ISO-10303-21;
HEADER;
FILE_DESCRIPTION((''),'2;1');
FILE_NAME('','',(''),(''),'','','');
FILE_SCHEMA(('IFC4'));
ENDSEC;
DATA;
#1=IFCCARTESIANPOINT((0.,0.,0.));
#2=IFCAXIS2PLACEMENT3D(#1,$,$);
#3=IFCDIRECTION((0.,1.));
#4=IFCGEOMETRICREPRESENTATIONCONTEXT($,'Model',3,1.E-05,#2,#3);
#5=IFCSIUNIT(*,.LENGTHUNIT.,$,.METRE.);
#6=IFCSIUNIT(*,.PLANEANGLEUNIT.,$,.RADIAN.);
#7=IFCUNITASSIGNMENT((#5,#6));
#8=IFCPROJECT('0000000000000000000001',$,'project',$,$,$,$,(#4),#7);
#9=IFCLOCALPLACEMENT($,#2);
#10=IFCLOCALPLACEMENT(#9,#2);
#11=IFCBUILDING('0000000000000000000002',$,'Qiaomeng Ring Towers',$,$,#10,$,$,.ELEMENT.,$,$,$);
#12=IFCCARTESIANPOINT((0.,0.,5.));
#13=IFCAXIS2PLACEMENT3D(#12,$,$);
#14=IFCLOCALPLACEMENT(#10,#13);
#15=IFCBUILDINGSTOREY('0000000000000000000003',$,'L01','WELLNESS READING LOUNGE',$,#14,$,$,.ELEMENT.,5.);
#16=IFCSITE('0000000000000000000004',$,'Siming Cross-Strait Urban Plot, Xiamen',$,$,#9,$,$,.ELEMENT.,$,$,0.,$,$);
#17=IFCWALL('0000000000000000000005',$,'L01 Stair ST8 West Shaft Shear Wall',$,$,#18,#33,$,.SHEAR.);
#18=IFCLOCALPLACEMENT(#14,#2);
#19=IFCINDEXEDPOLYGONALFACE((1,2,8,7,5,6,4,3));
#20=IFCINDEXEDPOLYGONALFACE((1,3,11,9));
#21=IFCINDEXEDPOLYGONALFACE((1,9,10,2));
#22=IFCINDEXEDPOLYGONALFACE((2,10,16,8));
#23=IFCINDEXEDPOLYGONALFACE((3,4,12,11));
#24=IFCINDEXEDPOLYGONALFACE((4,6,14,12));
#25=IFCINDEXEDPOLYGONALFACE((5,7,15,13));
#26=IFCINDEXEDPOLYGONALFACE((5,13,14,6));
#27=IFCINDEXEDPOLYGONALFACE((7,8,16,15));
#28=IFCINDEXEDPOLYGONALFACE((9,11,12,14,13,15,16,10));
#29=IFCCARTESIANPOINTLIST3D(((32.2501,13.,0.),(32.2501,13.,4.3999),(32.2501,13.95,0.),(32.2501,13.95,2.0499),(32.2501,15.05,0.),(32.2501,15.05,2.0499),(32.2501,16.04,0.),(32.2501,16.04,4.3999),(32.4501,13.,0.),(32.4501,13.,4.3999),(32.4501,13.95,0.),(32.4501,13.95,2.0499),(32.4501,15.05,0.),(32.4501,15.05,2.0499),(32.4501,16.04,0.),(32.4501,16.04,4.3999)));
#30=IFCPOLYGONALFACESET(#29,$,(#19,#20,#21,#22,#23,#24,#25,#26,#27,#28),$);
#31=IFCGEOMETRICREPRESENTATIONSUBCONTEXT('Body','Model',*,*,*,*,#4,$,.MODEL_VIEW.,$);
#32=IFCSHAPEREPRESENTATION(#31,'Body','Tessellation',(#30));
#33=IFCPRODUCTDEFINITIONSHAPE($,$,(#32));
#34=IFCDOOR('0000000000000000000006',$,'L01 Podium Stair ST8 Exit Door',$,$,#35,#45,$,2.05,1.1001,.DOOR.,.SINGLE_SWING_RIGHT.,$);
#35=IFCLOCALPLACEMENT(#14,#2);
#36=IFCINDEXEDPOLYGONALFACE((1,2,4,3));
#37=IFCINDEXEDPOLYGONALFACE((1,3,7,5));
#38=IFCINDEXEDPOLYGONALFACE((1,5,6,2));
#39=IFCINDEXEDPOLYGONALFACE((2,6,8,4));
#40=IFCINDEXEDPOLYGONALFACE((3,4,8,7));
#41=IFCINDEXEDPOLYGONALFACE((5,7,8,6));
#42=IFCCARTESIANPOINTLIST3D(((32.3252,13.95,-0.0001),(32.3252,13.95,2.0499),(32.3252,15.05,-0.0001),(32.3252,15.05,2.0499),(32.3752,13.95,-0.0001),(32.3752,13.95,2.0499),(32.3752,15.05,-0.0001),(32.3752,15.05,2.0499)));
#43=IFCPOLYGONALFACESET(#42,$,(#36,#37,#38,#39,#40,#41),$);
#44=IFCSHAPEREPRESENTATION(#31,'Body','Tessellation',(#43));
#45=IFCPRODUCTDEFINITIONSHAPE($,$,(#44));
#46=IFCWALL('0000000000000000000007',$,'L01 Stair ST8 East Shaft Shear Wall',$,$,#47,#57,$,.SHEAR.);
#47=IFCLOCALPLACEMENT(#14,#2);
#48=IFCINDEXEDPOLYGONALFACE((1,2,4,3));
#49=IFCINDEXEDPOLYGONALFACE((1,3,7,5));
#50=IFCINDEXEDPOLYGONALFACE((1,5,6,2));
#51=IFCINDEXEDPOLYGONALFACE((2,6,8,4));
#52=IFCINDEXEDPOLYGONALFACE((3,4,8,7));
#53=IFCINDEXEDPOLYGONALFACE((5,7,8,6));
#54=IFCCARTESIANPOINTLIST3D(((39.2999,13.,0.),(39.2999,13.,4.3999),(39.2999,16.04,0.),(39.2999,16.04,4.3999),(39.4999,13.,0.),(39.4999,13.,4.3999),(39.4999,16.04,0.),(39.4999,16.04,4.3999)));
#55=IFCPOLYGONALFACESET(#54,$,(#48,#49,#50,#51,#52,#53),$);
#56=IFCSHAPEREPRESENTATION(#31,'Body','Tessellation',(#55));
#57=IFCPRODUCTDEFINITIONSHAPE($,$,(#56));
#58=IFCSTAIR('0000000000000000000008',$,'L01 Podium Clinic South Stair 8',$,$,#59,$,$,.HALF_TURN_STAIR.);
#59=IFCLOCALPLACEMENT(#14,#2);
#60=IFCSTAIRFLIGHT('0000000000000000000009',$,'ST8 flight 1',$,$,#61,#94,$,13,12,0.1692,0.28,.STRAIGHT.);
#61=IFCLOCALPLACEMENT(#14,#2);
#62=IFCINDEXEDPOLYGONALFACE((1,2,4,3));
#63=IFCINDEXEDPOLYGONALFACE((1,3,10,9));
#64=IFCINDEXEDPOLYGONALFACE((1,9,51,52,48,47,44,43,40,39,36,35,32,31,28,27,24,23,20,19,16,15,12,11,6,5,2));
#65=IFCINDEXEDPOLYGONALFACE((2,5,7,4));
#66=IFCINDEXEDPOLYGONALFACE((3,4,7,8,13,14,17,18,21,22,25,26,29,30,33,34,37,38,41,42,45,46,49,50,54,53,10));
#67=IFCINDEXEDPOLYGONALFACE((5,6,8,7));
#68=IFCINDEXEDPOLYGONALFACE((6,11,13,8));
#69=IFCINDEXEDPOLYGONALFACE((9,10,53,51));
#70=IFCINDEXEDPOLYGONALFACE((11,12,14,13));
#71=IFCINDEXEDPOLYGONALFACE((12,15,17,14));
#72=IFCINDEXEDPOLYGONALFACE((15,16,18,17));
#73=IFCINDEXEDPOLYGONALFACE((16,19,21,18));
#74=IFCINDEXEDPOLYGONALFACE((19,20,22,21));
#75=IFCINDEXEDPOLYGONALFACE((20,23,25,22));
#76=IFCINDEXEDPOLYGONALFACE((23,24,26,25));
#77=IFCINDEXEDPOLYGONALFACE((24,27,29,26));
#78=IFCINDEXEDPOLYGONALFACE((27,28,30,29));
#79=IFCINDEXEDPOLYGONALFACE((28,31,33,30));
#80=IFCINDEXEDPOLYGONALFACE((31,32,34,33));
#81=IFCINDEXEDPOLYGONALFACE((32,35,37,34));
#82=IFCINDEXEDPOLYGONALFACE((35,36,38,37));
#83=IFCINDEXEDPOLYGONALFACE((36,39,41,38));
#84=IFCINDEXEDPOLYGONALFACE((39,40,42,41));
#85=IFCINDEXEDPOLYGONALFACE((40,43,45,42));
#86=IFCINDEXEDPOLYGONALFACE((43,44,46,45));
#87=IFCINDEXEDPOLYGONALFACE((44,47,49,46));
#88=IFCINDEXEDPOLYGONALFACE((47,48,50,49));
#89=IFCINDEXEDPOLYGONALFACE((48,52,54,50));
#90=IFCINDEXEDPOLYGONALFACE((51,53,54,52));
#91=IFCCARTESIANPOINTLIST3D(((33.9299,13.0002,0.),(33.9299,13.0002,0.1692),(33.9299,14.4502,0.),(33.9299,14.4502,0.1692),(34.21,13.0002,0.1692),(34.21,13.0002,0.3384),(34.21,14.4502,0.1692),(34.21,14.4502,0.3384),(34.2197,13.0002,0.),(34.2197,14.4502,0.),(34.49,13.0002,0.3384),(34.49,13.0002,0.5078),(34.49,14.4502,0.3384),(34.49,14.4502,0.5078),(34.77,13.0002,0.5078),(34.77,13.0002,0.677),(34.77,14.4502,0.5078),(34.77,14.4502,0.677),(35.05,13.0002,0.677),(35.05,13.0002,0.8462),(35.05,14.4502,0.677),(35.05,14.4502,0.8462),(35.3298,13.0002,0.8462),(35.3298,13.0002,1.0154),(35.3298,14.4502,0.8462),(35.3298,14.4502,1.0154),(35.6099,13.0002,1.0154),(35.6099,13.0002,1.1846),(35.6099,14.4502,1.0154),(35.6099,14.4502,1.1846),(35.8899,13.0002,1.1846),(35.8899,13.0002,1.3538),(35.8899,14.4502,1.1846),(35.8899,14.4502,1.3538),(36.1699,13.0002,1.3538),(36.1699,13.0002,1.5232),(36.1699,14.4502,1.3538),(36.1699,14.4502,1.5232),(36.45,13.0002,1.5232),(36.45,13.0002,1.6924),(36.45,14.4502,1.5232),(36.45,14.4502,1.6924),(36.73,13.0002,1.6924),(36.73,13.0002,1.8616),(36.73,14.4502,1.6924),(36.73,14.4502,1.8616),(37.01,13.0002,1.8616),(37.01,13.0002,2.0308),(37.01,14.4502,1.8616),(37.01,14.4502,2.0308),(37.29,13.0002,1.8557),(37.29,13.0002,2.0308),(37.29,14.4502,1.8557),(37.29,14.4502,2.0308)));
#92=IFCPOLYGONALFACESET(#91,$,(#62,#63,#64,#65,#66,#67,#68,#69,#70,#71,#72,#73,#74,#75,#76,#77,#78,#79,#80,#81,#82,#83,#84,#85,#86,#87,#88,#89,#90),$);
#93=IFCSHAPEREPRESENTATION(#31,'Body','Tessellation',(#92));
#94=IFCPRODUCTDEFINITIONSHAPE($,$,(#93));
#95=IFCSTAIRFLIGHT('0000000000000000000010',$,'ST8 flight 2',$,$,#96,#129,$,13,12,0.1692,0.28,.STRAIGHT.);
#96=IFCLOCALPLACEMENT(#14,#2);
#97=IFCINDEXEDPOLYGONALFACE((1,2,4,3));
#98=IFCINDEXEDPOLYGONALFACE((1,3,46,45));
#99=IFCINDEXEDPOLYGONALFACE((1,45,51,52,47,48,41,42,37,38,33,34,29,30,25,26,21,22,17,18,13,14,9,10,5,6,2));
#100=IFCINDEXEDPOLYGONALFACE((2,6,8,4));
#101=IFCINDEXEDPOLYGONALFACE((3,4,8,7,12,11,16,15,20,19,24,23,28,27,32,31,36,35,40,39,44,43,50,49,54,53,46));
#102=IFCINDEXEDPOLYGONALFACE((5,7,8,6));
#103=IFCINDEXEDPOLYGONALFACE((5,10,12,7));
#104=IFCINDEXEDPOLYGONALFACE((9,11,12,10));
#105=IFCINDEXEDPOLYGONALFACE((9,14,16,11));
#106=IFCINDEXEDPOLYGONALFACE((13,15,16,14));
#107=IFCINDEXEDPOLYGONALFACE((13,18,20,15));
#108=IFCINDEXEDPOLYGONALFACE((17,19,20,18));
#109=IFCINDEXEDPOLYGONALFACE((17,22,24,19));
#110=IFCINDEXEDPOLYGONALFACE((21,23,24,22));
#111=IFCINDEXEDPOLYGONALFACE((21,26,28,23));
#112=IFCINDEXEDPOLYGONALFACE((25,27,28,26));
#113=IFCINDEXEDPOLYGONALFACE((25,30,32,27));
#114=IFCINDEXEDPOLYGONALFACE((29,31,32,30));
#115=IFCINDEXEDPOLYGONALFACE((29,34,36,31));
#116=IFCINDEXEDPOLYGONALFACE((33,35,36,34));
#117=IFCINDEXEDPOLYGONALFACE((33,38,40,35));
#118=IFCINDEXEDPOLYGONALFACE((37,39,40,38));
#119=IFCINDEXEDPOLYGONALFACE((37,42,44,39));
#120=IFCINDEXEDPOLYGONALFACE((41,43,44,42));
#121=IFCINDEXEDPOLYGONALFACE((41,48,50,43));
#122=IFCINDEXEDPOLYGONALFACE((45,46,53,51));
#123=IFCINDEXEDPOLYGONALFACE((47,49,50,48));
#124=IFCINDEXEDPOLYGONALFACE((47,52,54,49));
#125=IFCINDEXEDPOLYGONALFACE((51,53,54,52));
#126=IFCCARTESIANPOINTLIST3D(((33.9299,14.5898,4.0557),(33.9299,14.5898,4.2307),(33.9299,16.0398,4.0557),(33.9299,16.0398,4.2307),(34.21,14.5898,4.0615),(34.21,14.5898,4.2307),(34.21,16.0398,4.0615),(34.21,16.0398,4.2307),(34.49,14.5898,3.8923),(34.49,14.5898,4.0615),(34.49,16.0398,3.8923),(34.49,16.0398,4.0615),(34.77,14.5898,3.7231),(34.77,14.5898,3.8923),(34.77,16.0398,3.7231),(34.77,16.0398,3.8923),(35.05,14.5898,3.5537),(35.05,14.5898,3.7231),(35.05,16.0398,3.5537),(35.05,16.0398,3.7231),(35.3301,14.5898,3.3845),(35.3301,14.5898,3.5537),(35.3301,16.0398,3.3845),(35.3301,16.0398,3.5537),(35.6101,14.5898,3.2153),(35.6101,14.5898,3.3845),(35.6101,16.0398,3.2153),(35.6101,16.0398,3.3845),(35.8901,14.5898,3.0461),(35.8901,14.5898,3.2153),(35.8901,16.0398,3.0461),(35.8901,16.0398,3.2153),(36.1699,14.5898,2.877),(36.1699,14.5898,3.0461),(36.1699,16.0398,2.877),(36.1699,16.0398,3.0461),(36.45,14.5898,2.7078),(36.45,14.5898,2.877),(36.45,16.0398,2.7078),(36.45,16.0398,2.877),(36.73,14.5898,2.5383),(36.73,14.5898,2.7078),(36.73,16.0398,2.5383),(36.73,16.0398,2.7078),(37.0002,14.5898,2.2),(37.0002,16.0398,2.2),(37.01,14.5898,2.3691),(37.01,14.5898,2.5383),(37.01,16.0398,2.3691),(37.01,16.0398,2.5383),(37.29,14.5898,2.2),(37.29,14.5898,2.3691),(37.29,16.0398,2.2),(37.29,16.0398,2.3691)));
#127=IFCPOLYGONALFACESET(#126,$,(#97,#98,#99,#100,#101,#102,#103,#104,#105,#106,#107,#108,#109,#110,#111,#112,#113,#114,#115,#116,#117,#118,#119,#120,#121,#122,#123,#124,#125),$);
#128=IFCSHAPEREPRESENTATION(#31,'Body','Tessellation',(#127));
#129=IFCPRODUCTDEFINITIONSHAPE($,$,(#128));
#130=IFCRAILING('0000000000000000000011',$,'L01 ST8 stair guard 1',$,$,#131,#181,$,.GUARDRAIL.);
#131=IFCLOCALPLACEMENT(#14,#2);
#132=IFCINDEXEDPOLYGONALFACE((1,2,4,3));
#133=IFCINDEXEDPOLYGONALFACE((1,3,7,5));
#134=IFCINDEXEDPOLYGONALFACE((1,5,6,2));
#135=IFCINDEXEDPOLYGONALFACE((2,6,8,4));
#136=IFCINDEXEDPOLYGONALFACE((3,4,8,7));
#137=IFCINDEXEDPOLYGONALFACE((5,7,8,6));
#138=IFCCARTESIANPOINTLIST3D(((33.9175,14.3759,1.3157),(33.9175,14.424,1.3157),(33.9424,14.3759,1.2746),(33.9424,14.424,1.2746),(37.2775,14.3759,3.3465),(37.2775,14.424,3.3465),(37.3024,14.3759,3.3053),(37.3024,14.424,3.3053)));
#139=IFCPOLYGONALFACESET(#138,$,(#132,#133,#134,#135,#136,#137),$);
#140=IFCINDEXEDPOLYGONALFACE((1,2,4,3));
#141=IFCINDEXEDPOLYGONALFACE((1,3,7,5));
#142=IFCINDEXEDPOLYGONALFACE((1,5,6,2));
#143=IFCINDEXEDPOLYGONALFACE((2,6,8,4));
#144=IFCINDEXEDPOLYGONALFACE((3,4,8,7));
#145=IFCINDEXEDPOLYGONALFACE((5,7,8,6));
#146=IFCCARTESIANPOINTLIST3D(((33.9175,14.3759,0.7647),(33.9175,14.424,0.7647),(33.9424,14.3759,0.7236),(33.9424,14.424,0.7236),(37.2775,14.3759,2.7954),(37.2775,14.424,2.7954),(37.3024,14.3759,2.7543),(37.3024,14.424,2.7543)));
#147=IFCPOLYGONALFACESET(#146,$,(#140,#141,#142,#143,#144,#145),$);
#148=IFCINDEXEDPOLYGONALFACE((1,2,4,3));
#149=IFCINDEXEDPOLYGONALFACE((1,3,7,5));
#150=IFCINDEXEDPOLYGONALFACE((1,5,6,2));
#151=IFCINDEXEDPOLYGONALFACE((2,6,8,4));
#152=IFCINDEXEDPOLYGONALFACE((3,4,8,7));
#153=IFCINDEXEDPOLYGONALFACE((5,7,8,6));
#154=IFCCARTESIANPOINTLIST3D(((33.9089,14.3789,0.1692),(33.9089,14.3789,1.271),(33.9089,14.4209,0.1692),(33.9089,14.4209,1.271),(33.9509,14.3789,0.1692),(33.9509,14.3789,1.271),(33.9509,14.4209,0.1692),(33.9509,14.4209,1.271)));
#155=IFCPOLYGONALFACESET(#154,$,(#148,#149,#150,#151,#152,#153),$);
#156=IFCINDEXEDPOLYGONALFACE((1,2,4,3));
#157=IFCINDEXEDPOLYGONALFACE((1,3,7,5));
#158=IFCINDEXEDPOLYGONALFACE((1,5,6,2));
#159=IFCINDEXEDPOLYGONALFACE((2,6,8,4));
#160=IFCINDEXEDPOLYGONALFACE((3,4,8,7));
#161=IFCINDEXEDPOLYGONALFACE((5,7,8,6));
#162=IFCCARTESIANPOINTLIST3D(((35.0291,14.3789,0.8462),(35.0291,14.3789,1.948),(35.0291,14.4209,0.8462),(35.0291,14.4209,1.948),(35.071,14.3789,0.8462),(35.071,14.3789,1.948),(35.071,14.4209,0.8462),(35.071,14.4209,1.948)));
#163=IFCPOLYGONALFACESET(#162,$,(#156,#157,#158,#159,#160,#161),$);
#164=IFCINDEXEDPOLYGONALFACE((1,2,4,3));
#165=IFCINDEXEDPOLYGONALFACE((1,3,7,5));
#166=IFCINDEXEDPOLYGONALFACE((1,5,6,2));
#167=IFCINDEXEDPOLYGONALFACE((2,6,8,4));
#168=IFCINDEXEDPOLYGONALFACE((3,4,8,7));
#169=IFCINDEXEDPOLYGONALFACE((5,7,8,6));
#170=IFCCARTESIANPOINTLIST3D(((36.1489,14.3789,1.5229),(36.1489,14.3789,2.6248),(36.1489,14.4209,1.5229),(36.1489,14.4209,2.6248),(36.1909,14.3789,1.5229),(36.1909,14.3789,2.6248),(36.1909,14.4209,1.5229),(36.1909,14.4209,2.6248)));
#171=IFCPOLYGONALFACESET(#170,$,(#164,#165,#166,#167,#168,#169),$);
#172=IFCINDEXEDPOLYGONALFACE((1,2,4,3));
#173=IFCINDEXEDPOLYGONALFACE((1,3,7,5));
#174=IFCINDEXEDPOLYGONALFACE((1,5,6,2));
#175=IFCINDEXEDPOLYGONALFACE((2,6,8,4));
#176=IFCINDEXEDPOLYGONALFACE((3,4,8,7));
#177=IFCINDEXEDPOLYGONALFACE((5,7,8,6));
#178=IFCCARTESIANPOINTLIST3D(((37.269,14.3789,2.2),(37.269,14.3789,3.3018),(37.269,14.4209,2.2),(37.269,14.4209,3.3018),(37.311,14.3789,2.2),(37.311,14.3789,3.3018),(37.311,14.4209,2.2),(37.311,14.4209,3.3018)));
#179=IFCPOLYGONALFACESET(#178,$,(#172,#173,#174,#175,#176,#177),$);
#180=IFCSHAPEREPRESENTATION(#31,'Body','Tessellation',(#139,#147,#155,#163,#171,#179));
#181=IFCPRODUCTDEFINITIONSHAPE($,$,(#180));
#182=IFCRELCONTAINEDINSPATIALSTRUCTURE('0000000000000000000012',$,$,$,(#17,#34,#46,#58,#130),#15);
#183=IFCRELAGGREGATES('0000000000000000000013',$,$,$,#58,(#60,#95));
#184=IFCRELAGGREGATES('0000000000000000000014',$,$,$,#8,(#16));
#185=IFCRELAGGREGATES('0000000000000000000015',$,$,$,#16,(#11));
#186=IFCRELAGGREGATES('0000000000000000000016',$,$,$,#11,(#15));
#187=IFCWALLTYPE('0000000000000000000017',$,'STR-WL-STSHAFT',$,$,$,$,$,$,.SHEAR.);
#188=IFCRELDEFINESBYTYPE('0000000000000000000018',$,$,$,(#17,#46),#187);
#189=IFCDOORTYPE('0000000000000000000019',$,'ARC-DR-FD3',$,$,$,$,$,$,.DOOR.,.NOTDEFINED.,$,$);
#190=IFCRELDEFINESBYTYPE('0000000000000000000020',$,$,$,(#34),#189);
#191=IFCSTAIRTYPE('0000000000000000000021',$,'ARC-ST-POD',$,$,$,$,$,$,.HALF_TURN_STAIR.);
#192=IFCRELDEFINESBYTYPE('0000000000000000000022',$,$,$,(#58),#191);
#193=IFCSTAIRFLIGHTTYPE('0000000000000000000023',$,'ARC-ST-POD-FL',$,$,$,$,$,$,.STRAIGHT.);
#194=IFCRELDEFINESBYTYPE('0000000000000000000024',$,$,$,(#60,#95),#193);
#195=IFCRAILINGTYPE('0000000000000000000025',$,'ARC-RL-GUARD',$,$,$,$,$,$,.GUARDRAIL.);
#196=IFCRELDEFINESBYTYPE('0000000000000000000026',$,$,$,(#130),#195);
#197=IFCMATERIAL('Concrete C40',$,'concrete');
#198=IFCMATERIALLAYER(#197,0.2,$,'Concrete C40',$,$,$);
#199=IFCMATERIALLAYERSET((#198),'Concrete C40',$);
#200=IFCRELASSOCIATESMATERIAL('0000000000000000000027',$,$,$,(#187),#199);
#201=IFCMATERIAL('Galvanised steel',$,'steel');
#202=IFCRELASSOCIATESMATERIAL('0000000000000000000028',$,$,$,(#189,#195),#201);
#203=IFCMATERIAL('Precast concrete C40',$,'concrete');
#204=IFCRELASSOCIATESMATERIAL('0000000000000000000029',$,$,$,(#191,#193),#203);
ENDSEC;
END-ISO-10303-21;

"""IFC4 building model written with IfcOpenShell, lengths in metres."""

from ifc_helpers import new_model, si_unit, direction, frame, frame_2d, origin, origin_2d, place, context, subcontext, project, spatial, polyline, rectangle, outline, extrude, source, transform, mapped, material, layer, layer_set, type_object, element, fill, aggregate, save


model = new_model("IFC4")

# Units and contexts
model_context = context("Model", 3, precision=1e-05, world=origin(), true_north=direction((0.0, 1.0)))
body_context = subcontext(model_context, "Body", "Model", "MODEL_VIEW")
ifc_project = project(units=[si_unit("LENGTHUNIT", "METRE"), si_unit("PLANEANGLEUNIT", "RADIAN")], contexts=[model_context])

# Site, building, storey
site_placement = place(None, origin())
site = spatial("IfcSite", under=ifc_project, at=site_placement, Name="Siming Cross-Strait Urban Plot, Xiamen", CompositionType="ELEMENT", RefElevation=0.0)
building_placement = place(site_placement, origin())
building = spatial("IfcBuilding", under=site, at=building_placement, Name="Qiaomeng Ring Towers", CompositionType="ELEMENT")
storey_placement = place(building_placement, frame((0.0, 0.0, 5.0)))
storey = spatial("IfcBuildingStorey", under=building, at=storey_placement, Name="L01", Description="WELLNESS READING LOUNGE", CompositionType="ELEMENT", Elevation=5.0)

# Wall, opening, door
ifc_material_1 = material(Name="Concrete C40", Category="concrete")
ifc_layer_1 = layer(ifc_material_1, 0.2, Name="Concrete C40")
ifc_layer_set_1 = layer_set([ifc_layer_1], Name="Concrete C40")
wall_type_1 = type_object("IfcWallType", Name="STR-WL-STSHAFT", PredefinedType="SHEAR", material=ifc_layer_set_1)
wall_1_placement = place(storey_placement, frame((32.3501, 13.0, 0.0), z_axis=(0.0, 0.0, 1.0), x_axis=(0.0, 1.0, 0.0)))
wall_1 = element("IfcWall", 1, at=wall_1_placement, inside=storey, type_object=wall_type_1, Name="L01 Stair ST8 West Shaft Shear Wall", PredefinedType="SHEAR", context=body_context, shape_type="SweptSolid", body=[
    extrude(rectangle(XDim=3.04, YDim=0.2, at=frame_2d((1.52, 0.0))), origin(), (0.0, 0.0, 1.0), 4.3999),
])
opening_1_placement = place(wall_1_placement, frame((0.95, 0.0, 0.0)))
opening_1 = element("IfcOpeningElement", 2, at=opening_1_placement, cuts=wall_1, PredefinedType="OPENING", context=body_context, shape_type="SweptSolid", body=[
    extrude(rectangle(XDim=1.1001, YDim=2.05, at=frame_2d((0.55, 1.0249))), frame((0.0, 0.1099, 0.0), z_axis=(0.0, -1.0, 0.0), x_axis=(1.0, 0.0, 0.0)), (0.0, 0.0, 1.0), 0.22),
])
ifc_material_2 = material(Name="Galvanised steel", Category="steel")
door_type_1 = type_object("IfcDoorType", Name="ARC-DR-FD3", OperationType="NOTDEFINED", PredefinedType="DOOR", material=ifc_material_2)
shared_shape_1 = source(origin(), body_context, "Body", "SweptSolid", [
    extrude(rectangle(XDim=1.1001, YDim=2.05, at=frame_2d((0.55, 1.0249))), frame((0.0, 0.0249, 0.0), z_axis=(0.0, -1.0, 0.0), x_axis=(1.0, 0.0, 0.0)), (0.0, 0.0, 1.0), 0.05),
])
door_1_placement = place(opening_1_placement, origin())
door_1 = element("IfcDoor", 3, at=door_1_placement, inside=storey, type_object=door_type_1, Name="L01 Podium Stair ST8 Exit Door", OperationType="SINGLE_SWING_RIGHT", OverallHeight=2.05, OverallWidth=1.1001, PredefinedType="DOOR", context=body_context, shape_type="MappedRepresentation", body=[
    mapped(shared_shape_1, transform((0.0, 0.0, 0.0), x_axis=(1.0, 0.0, 0.0), y_axis=(0.0, 1.0, 0.0), z_axis=(0.0, 0.0, 1.0), scale=1.0)),
])
fill(opening_1, door_1)

# Wall
wall_2_placement = place(storey_placement, frame((39.3999, 13.0, 0.0), z_axis=(0.0, 0.0, 1.0), x_axis=(0.0, 1.0, 0.0)))
element("IfcWall", 4, at=wall_2_placement, inside=storey, type_object=wall_type_1, Name="L01 Stair ST8 East Shaft Shear Wall", PredefinedType="SHEAR", context=body_context, shape_type="SweptSolid", body=[
    extrude(rectangle(XDim=3.04, YDim=0.2, at=frame_2d((1.52, 0.0))), origin(), (0.0, 0.0, 1.0), 4.3999),
])

# Stair, stair flights
ifc_material_3 = material(Name="Precast concrete C40", Category="concrete")
stair_type = type_object("IfcStairType", Name="ARC-ST-POD", PredefinedType="HALF_TURN_STAIR", material=ifc_material_3)
stair_placement = place(storey_placement, origin())
stair = element("IfcStair", 5, at=stair_placement, inside=storey, type_object=stair_type, Name="L01 Podium Clinic South Stair 8", PredefinedType="HALF_TURN_STAIR")
stair_flight_type = type_object("IfcStairFlightType", Name="ARC-ST-POD-FL", PredefinedType="STRAIGHT", material=ifc_material_3)
shared_shape_2 = source(origin(), body_context, "Body", "SweptSolid", [
    extrude(outline(polyline([(0.0, 0.0), (0.0, 0.1692), (0.28, 0.1692), (0.28, 0.3384), (0.5601, 0.3384), (0.5601, 0.5078), (0.8401, 0.5078), (0.8401, 0.677), (1.1201, 0.677), (1.1201, 0.8462), (1.3999, 0.8462), (1.3999, 1.0154), (1.6799, 1.0154), (1.6799, 1.1846), (1.96, 1.1846), (1.96, 1.3538), (2.24, 1.3538), (2.24, 1.5232), (2.52, 1.5232), (2.52, 1.6924), (2.8, 1.6924), (2.8, 1.8616), (3.0801, 1.8616), (3.0801, 2.0308), (3.3601, 2.0308), (3.3601, 2.2), (3.3601, 1.8557), (0.2898, 0.0), (0.0, 0.0)])), frame((0.0, 0.7251, 0.0), z_axis=(0.0, -1.0, 0.0), x_axis=(1.0, 0.0, 0.0)), (0.0, 0.0, 1.0), 1.45),
])
stair_flight_1_placement = place(storey_placement, frame((33.9299, 13.7251, 0.0), z_axis=(0.0, 0.0, 1.0), x_axis=(1.0, 0.0, 0.0)))
stair_flight_1 = element("IfcStairFlight", 6, at=stair_flight_1_placement, type_object=stair_flight_type, Name="ST8 flight 1", NumberOfRisers=13, NumberOfTreads=12, PredefinedType="STRAIGHT", RiserHeight=0.1692, TreadLength=0.28, context=body_context, shape_type="MappedRepresentation", body=[
    mapped(shared_shape_2, transform((0.0, 0.0, 0.0), x_axis=(1.0, 0.0, 0.0), y_axis=(0.0, 1.0, 0.0), z_axis=(0.0, 0.0, 1.0), scale=1.0)),
])
stair_flight_2_placement = place(storey_placement, frame((37.29, 15.3149, 2.2), z_axis=(0.0, 0.0, 1.0), x_axis=(-1.0, 0.0, 0.0)))
stair_flight_2 = element("IfcStairFlight", 7, at=stair_flight_2_placement, type_object=stair_flight_type, Name="ST8 flight 2", NumberOfRisers=13, NumberOfTreads=12, PredefinedType="STRAIGHT", RiserHeight=0.1692, TreadLength=0.28, context=body_context, shape_type="MappedRepresentation", body=[
    mapped(shared_shape_2, transform((0.0, 0.0, 0.0), x_axis=(1.0, 0.0, 0.0), y_axis=(0.0, 1.0, 0.0), z_axis=(0.0, 0.0, 1.0), scale=1.0)),
])
aggregate(stair, [stair_flight_1, stair_flight_2])

# Railing
railing_type_1 = type_object("IfcRailingType", Name="ARC-RL-GUARD", PredefinedType="GUARDRAIL", material=ifc_material_2)
railing_1_placement = place(storey_placement, frame((33.9299, 14.3999, 0.1692)))
element("IfcRailing", 8, at=railing_1_placement, inside=storey, type_object=railing_type_1, Name="L01 ST8 stair guard 1", PredefinedType="GUARDRAIL", context=body_context, shape_type="SweptSolid", body=[
    extrude(rectangle(XDim=0.0481, YDim=0.0481, at=origin_2d()), frame((0.0, 0.0, 1.126), z_axis=(0.855837, 0.0, 0.517246), x_axis=(0.0, 1.0, 0.0)), (0.0, 0.0, 1.0), 3.926),
    extrude(rectangle(XDim=0.0481, YDim=0.0481, at=origin_2d()), frame((0.0, 0.0, 0.575), z_axis=(0.855837, 0.0, 0.517246), x_axis=(0.0, 1.0, 0.0)), (0.0, 0.0, 1.0), 3.926),
    extrude(rectangle(XDim=0.042, YDim=0.042, at=origin_2d()), origin(), (0.0, 0.0, 1.0), 1.1018),
    extrude(rectangle(XDim=0.042, YDim=0.042, at=origin_2d()), frame((1.1201, 0.0, 0.677)), (0.0, 0.0, 1.0), 1.1018),
    extrude(rectangle(XDim=0.042, YDim=0.042, at=origin_2d()), frame((2.24, 0.0, 1.3538)), (0.0, 0.0, 1.0), 1.1018),
    extrude(rectangle(XDim=0.042, YDim=0.042, at=origin_2d()), frame((3.3601, 0.0, 2.0308)), (0.0, 0.0, 1.0), 1.1018),
])

save(model, "model.ifc")
